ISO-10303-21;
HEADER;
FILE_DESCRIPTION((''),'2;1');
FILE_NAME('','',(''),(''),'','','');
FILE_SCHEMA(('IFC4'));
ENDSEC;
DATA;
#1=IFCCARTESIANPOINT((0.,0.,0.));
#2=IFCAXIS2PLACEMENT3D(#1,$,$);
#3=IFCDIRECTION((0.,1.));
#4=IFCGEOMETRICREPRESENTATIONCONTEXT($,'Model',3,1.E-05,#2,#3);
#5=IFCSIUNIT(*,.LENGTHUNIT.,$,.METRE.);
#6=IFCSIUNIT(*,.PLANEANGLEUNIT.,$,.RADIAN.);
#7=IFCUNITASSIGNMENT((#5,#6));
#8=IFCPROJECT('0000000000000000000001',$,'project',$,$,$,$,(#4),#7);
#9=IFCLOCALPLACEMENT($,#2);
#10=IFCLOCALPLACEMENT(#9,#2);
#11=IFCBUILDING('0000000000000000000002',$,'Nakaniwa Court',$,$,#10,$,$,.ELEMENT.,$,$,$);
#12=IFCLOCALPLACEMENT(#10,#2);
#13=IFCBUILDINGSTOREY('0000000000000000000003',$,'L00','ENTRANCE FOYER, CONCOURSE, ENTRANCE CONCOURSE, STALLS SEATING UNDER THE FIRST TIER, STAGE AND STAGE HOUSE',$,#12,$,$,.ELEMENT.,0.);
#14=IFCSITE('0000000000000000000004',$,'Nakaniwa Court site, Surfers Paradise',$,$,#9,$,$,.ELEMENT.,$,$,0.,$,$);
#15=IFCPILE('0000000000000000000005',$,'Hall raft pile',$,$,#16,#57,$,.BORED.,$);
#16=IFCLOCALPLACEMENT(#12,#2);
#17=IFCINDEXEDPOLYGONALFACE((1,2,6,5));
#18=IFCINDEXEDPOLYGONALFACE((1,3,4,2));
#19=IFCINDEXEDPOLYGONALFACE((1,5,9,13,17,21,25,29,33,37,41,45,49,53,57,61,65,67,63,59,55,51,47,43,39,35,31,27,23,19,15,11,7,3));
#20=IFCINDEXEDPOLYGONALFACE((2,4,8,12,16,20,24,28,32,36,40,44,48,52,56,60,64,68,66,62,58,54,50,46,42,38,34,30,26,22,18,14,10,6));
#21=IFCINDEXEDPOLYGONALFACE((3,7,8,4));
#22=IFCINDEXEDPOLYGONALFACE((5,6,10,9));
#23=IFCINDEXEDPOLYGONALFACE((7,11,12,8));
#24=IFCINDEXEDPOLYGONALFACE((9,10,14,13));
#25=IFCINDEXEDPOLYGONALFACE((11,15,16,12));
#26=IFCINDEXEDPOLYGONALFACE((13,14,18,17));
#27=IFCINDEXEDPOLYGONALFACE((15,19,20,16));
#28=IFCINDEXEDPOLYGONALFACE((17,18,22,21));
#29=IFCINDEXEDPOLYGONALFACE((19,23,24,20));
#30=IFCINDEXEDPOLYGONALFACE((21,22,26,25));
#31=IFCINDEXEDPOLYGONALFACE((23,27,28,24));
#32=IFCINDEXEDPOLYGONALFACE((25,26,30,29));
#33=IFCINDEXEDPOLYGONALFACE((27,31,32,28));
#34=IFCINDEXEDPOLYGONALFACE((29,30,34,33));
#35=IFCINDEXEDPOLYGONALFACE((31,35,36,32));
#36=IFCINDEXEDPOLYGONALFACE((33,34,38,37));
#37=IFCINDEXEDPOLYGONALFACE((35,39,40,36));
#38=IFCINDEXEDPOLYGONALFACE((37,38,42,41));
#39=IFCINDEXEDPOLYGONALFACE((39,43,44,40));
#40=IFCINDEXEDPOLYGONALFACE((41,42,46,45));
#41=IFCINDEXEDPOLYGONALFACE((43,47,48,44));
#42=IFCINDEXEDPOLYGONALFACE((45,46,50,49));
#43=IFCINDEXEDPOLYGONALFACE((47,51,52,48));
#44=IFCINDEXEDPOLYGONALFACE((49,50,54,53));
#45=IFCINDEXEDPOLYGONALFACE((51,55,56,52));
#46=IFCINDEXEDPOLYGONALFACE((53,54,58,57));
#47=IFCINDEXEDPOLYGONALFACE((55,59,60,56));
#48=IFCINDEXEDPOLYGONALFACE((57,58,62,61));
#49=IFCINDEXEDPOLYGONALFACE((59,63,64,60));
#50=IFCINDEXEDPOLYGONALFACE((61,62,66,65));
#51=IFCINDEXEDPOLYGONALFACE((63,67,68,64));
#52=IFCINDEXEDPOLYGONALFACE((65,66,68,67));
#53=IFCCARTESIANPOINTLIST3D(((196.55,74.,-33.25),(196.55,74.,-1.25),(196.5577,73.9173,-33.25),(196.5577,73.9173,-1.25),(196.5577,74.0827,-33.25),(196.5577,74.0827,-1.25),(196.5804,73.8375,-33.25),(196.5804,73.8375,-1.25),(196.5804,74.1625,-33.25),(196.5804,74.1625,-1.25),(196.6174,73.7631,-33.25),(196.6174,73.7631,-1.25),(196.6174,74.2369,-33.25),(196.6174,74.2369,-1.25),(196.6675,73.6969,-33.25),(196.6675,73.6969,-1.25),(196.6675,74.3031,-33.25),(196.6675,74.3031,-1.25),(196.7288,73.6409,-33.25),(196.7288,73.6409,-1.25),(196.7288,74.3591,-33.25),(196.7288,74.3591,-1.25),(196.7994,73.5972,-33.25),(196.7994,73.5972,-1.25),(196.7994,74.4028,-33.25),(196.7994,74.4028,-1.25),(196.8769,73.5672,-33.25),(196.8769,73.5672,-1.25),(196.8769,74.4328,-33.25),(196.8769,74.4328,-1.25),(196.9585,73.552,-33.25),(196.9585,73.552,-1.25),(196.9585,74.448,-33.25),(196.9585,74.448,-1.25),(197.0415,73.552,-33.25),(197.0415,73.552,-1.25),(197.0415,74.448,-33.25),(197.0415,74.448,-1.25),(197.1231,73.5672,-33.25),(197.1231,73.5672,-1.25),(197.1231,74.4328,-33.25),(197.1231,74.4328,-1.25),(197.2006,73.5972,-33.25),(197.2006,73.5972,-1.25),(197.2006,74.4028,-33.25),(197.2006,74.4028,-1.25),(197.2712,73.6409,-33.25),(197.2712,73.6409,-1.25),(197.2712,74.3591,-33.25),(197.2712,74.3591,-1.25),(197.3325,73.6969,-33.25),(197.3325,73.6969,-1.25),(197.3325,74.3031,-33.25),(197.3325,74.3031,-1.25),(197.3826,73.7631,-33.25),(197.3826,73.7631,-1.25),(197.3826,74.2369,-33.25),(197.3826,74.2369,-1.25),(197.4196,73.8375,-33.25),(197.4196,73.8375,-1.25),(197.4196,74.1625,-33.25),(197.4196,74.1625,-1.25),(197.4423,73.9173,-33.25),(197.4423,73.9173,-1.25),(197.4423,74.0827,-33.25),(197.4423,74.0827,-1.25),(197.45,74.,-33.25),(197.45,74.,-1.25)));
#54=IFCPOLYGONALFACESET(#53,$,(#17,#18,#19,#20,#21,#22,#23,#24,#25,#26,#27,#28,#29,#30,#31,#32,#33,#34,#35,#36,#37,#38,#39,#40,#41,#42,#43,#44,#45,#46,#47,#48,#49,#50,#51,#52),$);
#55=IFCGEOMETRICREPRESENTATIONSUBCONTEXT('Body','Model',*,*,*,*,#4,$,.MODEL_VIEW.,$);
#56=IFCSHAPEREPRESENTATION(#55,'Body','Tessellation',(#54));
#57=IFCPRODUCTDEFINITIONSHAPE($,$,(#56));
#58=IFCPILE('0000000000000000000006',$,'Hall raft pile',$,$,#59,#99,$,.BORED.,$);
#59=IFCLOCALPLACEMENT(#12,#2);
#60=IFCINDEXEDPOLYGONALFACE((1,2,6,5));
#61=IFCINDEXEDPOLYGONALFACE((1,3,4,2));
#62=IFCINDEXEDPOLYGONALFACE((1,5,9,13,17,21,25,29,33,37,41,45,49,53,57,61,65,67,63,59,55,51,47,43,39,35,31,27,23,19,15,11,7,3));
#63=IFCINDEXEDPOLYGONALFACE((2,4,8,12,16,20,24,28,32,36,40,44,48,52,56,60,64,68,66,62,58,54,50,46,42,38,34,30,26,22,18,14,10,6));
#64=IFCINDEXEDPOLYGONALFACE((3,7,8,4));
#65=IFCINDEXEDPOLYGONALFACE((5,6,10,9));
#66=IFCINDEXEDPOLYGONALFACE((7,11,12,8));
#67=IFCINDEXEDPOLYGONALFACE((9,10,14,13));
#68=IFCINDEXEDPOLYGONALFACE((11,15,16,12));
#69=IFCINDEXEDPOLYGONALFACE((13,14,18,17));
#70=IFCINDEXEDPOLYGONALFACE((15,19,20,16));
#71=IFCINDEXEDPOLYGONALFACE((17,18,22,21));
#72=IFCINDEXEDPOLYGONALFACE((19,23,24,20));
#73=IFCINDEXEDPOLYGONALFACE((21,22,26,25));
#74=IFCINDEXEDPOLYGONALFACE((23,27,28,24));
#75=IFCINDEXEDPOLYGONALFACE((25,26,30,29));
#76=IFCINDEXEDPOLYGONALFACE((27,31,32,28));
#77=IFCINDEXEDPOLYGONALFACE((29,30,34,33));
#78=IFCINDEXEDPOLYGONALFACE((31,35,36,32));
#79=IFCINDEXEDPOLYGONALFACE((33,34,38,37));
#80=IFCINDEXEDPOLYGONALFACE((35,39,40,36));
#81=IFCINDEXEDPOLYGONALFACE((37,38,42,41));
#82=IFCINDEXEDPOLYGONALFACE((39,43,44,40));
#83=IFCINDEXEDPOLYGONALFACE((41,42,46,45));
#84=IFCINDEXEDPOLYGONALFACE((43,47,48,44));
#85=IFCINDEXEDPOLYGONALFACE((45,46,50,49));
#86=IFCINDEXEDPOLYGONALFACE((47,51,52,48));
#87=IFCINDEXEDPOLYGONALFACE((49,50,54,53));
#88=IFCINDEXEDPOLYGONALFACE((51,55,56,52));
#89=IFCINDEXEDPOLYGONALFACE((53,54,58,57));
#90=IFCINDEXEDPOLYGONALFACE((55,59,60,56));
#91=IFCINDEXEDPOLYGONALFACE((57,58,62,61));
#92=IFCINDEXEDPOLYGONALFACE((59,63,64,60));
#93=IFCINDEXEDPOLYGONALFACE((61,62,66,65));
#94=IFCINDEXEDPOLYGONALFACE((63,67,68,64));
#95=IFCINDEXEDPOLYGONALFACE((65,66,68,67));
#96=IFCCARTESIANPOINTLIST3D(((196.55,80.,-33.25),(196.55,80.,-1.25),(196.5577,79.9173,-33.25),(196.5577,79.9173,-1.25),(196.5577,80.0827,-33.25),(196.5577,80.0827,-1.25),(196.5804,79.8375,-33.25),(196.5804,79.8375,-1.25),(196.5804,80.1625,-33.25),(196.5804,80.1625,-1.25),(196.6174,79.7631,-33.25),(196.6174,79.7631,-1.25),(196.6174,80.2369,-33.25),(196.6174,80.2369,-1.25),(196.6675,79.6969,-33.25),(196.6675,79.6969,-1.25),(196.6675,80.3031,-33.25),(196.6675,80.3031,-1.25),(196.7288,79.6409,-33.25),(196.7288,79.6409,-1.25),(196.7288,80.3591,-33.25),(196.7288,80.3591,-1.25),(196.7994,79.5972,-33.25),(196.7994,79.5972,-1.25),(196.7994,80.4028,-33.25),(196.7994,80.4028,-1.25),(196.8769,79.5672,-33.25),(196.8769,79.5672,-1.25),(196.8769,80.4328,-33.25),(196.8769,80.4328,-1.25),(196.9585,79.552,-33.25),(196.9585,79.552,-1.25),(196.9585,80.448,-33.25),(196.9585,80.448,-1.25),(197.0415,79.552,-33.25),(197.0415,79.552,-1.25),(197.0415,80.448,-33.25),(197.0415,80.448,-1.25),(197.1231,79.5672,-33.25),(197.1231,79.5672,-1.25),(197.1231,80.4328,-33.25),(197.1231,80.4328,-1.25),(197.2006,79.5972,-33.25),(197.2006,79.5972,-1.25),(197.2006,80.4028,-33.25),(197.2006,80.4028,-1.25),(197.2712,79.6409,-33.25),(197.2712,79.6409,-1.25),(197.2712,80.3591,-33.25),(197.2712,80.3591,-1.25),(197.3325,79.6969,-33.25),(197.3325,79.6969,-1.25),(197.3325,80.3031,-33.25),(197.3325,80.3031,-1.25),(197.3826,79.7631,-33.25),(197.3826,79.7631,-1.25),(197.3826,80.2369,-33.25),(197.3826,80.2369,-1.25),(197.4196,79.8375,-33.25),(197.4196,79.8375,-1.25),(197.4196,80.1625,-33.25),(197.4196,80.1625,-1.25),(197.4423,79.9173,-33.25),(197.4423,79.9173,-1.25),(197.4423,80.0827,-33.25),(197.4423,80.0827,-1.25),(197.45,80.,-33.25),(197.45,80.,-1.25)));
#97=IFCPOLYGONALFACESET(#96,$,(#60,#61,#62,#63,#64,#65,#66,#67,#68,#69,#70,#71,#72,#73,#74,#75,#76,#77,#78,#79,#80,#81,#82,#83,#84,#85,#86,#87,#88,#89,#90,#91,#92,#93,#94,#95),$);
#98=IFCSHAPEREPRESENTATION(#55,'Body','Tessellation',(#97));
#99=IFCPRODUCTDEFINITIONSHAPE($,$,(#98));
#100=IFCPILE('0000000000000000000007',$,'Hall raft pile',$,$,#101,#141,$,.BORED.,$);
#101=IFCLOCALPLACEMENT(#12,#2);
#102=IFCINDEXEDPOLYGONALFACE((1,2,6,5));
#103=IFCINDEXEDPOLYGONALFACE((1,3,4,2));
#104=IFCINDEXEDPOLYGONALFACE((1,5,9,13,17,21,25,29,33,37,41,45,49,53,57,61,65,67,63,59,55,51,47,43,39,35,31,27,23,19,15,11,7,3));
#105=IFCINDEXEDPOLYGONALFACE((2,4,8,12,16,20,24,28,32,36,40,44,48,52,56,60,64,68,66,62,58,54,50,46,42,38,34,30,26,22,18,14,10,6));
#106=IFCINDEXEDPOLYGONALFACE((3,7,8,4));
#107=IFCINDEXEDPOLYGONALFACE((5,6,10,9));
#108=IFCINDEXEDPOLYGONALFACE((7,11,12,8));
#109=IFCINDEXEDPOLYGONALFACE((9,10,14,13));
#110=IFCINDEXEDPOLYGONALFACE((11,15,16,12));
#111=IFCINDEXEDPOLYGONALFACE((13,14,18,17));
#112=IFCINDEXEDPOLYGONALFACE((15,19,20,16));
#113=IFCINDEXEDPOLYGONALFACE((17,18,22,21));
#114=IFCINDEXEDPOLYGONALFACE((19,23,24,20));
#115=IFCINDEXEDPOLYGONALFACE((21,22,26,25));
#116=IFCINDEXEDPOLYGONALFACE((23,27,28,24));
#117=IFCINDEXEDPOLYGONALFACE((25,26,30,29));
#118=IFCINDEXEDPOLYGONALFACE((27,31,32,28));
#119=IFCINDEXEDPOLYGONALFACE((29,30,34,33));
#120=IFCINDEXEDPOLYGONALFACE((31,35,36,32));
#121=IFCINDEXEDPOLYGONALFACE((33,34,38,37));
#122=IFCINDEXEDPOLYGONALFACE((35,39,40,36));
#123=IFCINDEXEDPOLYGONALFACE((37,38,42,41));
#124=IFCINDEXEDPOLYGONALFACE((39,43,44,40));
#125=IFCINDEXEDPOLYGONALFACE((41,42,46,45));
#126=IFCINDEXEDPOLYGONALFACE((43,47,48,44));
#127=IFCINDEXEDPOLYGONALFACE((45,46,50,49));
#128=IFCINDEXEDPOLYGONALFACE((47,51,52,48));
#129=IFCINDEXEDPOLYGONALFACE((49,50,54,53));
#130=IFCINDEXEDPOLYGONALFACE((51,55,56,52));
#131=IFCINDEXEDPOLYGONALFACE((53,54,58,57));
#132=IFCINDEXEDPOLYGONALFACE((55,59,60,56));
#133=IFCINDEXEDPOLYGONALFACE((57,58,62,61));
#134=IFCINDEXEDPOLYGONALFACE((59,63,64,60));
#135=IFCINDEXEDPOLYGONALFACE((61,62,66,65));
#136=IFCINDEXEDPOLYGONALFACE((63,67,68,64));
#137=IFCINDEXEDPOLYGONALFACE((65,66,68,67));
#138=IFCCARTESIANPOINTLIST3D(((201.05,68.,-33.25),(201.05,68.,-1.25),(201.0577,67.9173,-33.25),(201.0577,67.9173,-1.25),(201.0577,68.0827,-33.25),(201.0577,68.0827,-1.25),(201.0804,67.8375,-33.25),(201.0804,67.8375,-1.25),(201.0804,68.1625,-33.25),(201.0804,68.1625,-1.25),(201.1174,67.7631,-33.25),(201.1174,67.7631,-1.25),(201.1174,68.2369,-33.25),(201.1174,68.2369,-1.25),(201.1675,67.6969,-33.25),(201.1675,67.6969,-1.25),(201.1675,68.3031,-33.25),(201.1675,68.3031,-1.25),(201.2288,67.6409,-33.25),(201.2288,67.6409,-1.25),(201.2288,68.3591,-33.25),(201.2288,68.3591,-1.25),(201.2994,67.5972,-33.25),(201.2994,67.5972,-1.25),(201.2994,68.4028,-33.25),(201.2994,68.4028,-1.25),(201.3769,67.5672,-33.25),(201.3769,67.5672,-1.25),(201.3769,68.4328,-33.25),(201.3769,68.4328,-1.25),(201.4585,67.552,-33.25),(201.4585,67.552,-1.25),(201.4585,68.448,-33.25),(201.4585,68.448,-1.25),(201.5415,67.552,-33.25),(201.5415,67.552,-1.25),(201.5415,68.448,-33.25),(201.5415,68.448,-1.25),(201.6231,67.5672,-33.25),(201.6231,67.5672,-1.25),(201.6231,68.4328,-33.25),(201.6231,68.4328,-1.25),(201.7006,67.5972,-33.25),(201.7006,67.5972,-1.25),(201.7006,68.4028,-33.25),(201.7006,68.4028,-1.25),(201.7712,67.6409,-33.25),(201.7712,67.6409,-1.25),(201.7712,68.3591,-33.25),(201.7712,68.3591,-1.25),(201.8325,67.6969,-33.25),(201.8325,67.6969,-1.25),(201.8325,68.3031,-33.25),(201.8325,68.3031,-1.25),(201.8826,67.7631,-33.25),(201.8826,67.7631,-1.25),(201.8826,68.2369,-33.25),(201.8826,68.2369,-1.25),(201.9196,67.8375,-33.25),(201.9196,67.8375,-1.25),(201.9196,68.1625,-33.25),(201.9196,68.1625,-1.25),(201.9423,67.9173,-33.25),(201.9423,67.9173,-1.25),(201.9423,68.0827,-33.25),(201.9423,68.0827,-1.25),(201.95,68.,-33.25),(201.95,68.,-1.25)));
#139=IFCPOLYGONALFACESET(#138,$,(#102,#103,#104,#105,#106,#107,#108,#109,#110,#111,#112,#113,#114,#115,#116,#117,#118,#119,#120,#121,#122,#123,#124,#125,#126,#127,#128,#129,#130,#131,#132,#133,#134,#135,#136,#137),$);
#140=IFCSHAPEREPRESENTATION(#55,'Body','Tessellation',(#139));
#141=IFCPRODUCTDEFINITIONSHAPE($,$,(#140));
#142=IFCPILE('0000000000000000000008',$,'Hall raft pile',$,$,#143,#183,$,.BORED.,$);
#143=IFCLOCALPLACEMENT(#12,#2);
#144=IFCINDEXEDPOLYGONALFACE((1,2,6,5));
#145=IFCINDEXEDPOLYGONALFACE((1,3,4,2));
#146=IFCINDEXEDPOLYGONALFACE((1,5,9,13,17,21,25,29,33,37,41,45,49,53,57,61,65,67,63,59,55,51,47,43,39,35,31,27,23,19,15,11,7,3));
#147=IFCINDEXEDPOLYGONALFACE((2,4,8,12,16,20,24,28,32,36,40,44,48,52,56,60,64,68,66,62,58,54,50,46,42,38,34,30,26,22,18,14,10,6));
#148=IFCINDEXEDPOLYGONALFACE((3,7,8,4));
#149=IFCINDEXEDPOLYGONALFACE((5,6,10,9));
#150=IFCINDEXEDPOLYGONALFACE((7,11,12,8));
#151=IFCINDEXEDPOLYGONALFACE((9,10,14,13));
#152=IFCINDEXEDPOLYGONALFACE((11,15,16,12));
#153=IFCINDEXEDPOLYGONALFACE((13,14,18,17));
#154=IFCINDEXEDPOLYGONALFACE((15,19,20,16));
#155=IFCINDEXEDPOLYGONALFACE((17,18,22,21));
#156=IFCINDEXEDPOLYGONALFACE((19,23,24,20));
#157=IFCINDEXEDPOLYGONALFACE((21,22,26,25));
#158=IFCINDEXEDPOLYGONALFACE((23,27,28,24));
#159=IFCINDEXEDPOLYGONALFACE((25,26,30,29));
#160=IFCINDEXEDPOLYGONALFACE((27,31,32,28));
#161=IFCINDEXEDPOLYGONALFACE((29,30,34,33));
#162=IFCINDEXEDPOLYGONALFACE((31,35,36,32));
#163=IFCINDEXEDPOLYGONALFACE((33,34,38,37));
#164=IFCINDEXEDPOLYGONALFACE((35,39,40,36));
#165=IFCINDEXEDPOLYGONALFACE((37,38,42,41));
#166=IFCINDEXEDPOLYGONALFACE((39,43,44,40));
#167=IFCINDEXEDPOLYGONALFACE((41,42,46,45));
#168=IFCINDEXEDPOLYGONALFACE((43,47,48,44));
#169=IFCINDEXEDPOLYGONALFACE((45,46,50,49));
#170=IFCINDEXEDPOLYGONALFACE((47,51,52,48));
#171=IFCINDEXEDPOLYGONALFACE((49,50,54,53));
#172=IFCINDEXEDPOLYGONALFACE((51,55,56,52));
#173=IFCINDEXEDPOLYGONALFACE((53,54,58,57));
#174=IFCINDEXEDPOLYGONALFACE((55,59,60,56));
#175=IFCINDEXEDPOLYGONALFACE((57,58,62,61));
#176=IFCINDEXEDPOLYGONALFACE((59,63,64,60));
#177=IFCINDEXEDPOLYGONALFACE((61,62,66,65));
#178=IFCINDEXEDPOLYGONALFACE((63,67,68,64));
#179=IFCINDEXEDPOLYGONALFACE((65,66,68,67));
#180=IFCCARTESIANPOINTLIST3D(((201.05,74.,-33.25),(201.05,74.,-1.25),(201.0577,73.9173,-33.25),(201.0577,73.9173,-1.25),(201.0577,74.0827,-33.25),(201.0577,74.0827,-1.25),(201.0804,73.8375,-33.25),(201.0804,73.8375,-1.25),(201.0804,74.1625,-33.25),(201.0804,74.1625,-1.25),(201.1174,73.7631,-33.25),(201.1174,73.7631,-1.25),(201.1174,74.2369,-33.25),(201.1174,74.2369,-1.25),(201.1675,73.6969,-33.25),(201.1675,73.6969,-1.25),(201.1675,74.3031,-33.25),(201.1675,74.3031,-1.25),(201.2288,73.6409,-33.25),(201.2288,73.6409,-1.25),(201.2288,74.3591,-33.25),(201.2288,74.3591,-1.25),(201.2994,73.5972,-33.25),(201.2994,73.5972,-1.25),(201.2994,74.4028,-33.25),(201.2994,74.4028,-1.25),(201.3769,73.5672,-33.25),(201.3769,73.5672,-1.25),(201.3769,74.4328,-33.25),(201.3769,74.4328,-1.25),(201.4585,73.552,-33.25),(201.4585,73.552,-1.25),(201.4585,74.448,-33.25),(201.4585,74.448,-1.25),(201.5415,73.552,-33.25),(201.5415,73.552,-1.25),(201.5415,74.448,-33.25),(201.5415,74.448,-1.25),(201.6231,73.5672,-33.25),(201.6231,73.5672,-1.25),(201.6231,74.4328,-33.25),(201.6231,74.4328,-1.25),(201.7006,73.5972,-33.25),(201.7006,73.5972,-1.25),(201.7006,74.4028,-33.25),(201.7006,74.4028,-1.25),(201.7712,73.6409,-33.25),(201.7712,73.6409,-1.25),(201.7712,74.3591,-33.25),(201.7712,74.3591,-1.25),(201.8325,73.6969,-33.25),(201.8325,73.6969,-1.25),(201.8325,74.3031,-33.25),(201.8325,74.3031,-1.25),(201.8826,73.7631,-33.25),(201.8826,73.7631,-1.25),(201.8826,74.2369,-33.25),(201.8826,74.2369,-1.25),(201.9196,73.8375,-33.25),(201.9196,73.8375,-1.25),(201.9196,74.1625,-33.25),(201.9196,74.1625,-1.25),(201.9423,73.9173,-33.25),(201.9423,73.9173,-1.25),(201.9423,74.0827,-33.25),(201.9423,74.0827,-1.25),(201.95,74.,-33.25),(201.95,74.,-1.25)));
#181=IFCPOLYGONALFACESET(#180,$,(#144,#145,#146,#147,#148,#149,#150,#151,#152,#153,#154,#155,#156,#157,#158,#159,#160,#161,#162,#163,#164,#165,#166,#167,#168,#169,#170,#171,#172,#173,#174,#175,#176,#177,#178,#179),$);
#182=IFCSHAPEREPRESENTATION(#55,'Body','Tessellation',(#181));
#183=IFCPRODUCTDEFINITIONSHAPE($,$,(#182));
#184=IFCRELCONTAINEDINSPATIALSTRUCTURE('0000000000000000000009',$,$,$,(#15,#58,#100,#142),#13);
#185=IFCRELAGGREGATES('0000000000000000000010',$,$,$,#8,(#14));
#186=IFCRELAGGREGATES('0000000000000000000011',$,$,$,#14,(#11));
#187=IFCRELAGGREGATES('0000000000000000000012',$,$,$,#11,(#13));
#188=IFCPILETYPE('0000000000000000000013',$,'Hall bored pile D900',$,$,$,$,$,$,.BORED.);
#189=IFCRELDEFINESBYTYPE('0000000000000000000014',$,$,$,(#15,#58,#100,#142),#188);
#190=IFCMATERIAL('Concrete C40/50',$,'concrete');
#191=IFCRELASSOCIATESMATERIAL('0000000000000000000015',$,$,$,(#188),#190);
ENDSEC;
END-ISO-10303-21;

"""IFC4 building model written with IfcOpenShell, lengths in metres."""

from ifc_helpers import new_model, si_unit, direction, frame, origin, origin_2d, place, context, subcontext, project, spatial, circle, extrude, material, material_profile, profile_set, type_object, element, save


model = new_model("IFC4")

# Units and contexts
model_context = context("Model", 3, precision=1e-05, world=origin(), true_north=direction((0.0, 1.0)))
body_context = subcontext(model_context, "Body", "Model", "MODEL_VIEW")
ifc_project = project(units=[si_unit("LENGTHUNIT", "METRE"), si_unit("PLANEANGLEUNIT", "RADIAN")], contexts=[model_context])

# Site, building, storey
site_placement = place(None, origin())
site = spatial("IfcSite", under=ifc_project, at=site_placement, Name="Nakaniwa Court site, Surfers Paradise", CompositionType="ELEMENT", RefElevation=0.0)
building_placement = place(site_placement, origin())
building = spatial("IfcBuilding", under=site, at=building_placement, Name="Nakaniwa Court", CompositionType="ELEMENT")
storey_placement = place(building_placement, origin())
storey = spatial("IfcBuildingStorey", under=building, at=storey_placement, Name="L00", Description="ENTRANCE FOYER, CONCOURSE, ENTRANCE CONCOURSE, STALLS SEATING UNDER THE FIRST TIER, STAGE AND STAGE HOUSE", CompositionType="ELEMENT", Elevation=0.0)

# Piles
ifc_material_1 = material(Name="Concrete C40/50", Category="concrete")
ifc_material_profile = material_profile(ifc_material_1, circle(Radius=0.45, at=origin_2d()), Name="Bored pile D900")
ifc_profile_set = profile_set([ifc_material_profile], Name="Concrete C40/50")
pile_type = type_object("IfcPileType", Name="Hall bored pile D900", PredefinedType="BORED", material=ifc_profile_set)
for number, where, z_axis, x_axis, name in (
    (1, (197.0, 74.0, -1.25), (0.0, 0.0, -1.0), (1.0, 0.0, 0.0), "Hall raft pile"),
    (2, (197.0, 80.0, -1.25), (0.0, 0.0, -1.0), (1.0, 0.0, 0.0), "Hall raft pile"),
    (3, (201.5, 68.0, -1.25), (0.0, 0.0, -1.0), (1.0, 0.0, 0.0), "Hall raft pile"),
    (4, (201.5, 74.0, -1.25), (0.0, 0.0, -1.0), (1.0, 0.0, 0.0), "Hall raft pile"),
):
    element("IfcPile", number, at=place(storey_placement, frame(where, z_axis=z_axis, x_axis=x_axis)), inside=storey, type_object=pile_type, Name=name, PredefinedType="BORED", context=body_context, shape_type="SweptSolid", body=[
        extrude(circle(Radius=0.45, at=origin_2d()), origin(), (0.0, 0.0, 1.0), 32.0),
    ])

save(model, "model.ifc")
